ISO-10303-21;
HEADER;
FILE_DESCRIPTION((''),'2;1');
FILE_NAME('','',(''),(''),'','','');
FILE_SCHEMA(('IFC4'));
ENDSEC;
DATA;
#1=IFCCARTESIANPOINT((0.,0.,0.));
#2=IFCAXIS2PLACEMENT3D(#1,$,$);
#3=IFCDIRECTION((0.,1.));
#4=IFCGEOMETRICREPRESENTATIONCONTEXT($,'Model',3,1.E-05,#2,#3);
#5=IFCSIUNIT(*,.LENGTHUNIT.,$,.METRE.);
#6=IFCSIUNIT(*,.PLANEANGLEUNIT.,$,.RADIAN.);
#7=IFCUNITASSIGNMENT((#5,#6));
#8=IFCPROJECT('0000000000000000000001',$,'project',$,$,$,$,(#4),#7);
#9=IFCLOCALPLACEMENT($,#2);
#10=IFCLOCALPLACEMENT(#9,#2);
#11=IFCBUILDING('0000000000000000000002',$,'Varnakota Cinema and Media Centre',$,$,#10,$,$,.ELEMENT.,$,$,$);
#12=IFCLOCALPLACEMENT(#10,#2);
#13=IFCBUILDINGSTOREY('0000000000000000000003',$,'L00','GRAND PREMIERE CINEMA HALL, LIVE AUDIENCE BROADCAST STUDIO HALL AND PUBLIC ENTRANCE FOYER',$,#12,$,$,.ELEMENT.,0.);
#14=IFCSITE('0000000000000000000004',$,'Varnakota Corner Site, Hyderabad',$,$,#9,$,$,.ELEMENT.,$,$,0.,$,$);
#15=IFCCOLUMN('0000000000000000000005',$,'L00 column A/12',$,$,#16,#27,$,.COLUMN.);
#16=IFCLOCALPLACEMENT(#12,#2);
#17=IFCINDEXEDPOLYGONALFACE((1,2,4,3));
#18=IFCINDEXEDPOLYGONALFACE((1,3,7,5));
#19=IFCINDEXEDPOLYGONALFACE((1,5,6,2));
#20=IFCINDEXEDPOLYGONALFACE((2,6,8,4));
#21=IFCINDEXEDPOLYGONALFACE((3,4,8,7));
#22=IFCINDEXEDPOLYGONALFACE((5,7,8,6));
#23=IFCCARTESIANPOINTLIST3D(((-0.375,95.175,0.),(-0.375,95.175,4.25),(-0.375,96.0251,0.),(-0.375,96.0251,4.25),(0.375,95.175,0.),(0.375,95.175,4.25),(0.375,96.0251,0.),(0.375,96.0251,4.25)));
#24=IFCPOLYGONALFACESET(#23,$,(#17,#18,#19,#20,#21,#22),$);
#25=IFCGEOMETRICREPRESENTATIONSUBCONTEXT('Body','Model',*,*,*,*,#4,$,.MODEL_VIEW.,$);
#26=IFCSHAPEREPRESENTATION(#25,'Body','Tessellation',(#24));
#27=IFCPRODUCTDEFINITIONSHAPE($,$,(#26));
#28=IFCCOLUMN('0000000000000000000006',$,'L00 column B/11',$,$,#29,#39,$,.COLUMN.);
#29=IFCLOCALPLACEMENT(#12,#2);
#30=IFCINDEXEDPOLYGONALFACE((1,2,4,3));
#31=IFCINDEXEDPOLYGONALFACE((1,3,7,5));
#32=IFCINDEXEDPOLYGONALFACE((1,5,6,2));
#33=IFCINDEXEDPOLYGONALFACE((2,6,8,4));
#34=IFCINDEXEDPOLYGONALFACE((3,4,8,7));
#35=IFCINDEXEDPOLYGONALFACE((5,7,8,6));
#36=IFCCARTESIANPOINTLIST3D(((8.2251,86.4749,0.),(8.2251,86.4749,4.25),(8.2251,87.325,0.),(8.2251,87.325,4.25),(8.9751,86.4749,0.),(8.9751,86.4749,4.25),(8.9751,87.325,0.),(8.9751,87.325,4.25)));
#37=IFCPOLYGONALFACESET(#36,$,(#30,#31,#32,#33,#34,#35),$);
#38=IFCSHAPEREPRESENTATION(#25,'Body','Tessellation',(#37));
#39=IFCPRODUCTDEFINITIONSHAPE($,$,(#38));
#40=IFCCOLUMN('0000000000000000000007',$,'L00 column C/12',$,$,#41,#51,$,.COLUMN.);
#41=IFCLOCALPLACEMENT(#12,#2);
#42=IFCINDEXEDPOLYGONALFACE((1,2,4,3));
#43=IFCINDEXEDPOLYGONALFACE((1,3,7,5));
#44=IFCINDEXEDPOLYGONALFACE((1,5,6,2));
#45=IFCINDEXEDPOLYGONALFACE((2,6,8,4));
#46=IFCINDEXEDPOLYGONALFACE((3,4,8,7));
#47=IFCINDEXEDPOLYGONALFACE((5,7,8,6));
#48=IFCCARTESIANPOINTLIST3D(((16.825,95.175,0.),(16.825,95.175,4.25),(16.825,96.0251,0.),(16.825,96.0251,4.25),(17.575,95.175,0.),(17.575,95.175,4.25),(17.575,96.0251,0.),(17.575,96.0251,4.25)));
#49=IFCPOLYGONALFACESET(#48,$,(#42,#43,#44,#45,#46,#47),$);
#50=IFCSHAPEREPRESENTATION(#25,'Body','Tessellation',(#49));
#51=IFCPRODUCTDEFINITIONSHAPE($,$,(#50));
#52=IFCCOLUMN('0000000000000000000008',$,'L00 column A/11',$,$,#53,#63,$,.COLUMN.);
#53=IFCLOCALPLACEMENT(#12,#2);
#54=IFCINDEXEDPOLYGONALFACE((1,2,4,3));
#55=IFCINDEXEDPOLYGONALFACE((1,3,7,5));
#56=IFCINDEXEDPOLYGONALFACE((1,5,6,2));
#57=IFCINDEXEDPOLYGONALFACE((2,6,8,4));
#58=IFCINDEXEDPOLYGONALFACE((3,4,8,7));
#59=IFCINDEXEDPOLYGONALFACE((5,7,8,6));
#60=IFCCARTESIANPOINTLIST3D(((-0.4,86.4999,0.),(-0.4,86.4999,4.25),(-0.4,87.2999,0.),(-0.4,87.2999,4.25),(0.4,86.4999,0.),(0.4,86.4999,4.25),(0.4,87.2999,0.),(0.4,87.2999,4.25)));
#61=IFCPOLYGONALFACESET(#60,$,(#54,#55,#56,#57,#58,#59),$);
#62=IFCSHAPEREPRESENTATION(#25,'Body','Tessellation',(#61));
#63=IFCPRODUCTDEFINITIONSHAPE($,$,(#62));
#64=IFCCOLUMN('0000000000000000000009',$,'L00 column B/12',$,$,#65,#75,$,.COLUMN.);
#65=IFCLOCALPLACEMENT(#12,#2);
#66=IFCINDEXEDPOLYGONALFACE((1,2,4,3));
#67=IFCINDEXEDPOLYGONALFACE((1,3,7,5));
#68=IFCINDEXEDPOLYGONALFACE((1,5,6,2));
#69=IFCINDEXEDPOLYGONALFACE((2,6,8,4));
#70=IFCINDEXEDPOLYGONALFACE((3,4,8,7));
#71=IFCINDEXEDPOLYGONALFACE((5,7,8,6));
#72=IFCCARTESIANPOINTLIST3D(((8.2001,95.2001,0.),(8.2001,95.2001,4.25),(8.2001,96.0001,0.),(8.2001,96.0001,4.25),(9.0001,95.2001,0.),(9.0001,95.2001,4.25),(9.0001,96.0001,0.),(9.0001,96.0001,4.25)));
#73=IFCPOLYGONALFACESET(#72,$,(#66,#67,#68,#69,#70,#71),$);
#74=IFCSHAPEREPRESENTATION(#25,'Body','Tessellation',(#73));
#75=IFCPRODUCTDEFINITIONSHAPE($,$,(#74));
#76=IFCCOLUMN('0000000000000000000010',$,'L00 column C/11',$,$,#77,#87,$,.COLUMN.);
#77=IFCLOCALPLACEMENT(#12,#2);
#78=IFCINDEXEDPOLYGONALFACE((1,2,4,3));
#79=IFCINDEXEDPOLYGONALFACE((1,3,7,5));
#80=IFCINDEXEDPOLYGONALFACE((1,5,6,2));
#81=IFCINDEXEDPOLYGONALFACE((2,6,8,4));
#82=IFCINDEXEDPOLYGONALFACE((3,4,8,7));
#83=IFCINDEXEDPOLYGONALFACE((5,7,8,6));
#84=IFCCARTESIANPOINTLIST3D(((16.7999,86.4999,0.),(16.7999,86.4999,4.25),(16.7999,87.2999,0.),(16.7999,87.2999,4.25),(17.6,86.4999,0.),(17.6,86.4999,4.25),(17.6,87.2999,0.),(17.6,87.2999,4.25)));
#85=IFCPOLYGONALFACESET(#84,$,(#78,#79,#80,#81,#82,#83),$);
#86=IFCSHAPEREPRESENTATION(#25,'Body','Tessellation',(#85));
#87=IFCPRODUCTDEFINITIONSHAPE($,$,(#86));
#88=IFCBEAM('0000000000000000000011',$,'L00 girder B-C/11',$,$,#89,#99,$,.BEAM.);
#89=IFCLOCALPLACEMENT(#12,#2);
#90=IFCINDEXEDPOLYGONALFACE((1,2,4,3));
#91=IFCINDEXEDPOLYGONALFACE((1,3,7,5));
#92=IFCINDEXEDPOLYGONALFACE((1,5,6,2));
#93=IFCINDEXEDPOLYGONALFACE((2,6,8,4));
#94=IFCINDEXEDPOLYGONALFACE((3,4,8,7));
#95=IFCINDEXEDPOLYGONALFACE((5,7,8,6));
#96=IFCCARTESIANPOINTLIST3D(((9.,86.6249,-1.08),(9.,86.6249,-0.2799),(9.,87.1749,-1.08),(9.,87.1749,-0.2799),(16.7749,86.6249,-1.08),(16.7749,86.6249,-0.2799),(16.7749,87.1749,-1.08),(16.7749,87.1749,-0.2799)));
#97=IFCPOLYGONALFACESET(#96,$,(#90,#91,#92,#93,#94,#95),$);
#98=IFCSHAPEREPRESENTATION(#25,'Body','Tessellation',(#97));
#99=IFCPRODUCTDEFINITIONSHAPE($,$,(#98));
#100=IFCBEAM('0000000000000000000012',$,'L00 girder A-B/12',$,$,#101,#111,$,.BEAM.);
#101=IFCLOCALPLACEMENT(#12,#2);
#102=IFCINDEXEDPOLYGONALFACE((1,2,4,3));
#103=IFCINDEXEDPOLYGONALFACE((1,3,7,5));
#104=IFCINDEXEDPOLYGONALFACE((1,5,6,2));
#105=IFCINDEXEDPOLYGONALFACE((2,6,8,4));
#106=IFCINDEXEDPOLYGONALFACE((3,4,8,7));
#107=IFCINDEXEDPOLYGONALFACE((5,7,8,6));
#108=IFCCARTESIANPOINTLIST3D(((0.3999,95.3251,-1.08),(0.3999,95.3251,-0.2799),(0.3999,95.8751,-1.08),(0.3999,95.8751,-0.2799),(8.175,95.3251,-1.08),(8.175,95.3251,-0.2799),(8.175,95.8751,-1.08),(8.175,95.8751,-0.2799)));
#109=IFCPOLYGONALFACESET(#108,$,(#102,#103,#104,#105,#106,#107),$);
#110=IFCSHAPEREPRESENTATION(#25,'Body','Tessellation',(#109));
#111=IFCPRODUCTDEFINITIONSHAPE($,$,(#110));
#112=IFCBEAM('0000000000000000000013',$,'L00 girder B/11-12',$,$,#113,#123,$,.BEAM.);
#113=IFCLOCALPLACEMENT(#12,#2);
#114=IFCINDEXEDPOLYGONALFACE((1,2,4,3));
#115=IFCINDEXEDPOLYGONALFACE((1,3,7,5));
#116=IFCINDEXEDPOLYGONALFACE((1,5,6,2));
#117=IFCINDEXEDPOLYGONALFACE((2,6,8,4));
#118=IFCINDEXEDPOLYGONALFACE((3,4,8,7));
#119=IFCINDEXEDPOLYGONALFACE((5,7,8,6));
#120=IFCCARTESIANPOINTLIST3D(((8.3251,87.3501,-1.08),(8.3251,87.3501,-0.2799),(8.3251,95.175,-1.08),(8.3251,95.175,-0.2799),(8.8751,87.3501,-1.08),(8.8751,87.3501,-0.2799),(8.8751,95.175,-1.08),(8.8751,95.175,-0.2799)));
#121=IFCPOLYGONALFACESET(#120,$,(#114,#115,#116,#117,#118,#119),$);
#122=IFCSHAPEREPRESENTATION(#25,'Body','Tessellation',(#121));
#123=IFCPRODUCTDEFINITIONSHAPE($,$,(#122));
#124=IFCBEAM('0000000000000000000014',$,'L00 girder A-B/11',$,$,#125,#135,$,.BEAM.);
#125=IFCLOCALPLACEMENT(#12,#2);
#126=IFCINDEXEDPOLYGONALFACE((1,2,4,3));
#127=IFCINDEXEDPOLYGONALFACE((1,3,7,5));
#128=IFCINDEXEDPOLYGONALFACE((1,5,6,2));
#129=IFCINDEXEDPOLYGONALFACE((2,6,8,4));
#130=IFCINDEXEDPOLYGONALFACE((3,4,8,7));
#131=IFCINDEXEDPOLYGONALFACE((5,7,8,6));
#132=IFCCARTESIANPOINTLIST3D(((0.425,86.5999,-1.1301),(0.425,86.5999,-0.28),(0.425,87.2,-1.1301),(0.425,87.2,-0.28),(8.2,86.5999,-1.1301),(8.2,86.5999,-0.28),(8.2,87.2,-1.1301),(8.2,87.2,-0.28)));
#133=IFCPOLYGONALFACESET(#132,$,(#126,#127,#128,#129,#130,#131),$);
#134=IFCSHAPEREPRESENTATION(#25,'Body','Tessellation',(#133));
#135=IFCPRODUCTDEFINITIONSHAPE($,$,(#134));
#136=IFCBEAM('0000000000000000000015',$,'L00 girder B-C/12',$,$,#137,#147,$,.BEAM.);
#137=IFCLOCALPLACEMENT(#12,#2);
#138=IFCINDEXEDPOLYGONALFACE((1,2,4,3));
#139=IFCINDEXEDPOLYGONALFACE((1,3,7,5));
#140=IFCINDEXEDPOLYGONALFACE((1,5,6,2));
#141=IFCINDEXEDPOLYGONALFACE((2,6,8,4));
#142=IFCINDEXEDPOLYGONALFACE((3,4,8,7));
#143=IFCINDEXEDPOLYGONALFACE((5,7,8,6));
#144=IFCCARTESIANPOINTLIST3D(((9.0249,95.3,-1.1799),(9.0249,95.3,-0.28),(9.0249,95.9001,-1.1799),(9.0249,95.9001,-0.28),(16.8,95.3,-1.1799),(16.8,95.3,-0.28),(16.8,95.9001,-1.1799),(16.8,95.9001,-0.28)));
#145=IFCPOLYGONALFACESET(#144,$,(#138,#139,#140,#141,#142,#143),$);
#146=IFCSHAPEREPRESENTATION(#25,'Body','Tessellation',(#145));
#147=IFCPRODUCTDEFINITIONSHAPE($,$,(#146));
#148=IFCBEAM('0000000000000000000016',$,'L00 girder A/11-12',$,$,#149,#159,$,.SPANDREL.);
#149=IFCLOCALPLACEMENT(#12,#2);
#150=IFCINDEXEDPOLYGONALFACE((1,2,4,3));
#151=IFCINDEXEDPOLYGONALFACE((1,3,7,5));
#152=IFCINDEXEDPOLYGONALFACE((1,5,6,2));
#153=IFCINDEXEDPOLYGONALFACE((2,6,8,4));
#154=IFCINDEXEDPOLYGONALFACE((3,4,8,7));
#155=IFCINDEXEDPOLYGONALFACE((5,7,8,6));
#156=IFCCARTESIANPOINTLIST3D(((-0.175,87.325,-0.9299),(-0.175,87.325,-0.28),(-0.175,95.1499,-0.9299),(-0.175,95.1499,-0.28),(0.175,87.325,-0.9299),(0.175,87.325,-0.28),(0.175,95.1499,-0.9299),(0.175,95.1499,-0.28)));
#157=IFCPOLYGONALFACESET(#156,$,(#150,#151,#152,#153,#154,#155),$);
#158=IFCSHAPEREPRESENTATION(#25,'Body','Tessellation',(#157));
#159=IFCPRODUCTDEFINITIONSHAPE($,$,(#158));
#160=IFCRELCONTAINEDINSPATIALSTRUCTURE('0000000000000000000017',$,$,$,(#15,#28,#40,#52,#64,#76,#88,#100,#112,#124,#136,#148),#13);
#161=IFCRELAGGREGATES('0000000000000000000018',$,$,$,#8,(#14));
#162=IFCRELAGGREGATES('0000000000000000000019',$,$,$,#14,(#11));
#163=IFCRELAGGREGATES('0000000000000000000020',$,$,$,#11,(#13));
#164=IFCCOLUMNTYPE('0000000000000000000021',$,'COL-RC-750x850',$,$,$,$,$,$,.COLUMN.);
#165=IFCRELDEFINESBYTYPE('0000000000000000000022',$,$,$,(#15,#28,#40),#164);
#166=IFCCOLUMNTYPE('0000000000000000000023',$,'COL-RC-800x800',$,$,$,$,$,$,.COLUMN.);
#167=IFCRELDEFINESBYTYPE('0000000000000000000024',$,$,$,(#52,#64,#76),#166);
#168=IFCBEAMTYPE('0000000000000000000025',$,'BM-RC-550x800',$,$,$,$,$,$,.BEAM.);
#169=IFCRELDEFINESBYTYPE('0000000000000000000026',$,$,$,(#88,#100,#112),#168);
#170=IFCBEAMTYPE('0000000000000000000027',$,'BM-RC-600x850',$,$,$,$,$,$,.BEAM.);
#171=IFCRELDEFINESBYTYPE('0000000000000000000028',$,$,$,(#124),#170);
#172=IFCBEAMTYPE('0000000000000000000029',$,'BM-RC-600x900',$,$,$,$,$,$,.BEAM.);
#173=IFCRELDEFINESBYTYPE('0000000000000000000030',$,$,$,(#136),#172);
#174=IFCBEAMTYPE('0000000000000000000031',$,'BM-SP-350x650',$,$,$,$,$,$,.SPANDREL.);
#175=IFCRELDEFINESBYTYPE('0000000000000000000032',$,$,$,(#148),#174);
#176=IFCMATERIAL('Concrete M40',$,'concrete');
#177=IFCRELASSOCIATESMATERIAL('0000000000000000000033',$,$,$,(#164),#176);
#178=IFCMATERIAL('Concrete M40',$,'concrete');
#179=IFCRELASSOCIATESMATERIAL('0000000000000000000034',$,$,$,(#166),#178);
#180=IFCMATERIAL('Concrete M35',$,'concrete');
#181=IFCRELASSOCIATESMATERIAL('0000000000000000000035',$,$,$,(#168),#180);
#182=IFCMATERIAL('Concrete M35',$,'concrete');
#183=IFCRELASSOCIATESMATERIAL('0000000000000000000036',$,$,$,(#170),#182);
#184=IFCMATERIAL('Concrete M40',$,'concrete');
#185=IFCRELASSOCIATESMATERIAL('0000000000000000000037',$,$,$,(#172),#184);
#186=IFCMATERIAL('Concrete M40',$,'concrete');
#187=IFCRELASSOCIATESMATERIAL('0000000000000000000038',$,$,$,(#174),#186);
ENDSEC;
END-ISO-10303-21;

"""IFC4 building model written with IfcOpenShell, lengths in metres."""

from ifc_helpers import new_model, si_unit, direction, frame, origin, origin_2d, place, context, subcontext, project, spatial, rectangle, extrude, material, material_profile, profile_set, type_object, element, save


model = new_model("IFC4")

# Units and contexts
model_context = context("Model", 3, precision=1e-05, world=origin(), true_north=direction((0.0, 1.0)))
body_context = subcontext(model_context, "Body", "Model", "MODEL_VIEW")
ifc_project = project(units=[si_unit("LENGTHUNIT", "METRE"), si_unit("PLANEANGLEUNIT", "RADIAN")], contexts=[model_context])

# Site, building, storey
site_placement = place(None, origin())
site = spatial("IfcSite", under=ifc_project, at=site_placement, Name="Varnakota Corner Site, Hyderabad", CompositionType="ELEMENT", RefElevation=0.0)
building_placement = place(site_placement, origin())
building = spatial("IfcBuilding", under=site, at=building_placement, Name="Varnakota Cinema and Media Centre", CompositionType="ELEMENT")
storey_placement = place(building_placement, origin())
storey = spatial("IfcBuildingStorey", under=building, at=storey_placement, Name="L00", Description="GRAND PREMIERE CINEMA HALL, LIVE AUDIENCE BROADCAST STUDIO HALL AND PUBLIC ENTRANCE FOYER", CompositionType="ELEMENT", Elevation=0.0)

# Columns
ifc_material_1 = material(Name="Concrete M40", Category="concrete")
ifc_material_profile_1 = material_profile(ifc_material_1, rectangle(XDim=0.75, YDim=0.8501, at=origin_2d()), Name="RC 750x850")
ifc_profile_set_1 = profile_set([ifc_material_profile_1], Name="Concrete M40")
column_type_1 = type_object("IfcColumnType", Name="COL-RC-750x850", PredefinedType="COLUMN", material=ifc_profile_set_1)
for number, where, z_axis, x_axis, name in (
    (1, (0.0, 95.6001, 0.0), (0.0, 0.0, 1.0), (1.0, 0.0, 0.0), "L00 column A/12"),
    (2, (8.6001, 86.8999, 0.0), (0.0, 0.0, 1.0), (1.0, 0.0, 0.0), "L00 column B/11"),
    (3, (17.2, 95.6001, 0.0), (0.0, 0.0, 1.0), (1.0, 0.0, 0.0), "L00 column C/12"),
):
    element("IfcColumn", number, at=place(storey_placement, frame(where, z_axis=z_axis, x_axis=x_axis)), inside=storey, type_object=column_type_1, Name=name, PredefinedType="COLUMN", context=body_context, shape_type="SweptSolid", body=[
        extrude(rectangle(XDim=0.75, YDim=0.8501, at=origin_2d()), origin(), (0.0, 0.0, 1.0), 4.25),
    ])
ifc_material_2 = material(Name="Concrete M40", Category="concrete")
ifc_material_profile_2 = material_profile(ifc_material_2, rectangle(XDim=0.8, YDim=0.8, at=origin_2d()), Name="RC 800x800")
ifc_profile_set_2 = profile_set([ifc_material_profile_2], Name="Concrete M40")
column_type_2 = type_object("IfcColumnType", Name="COL-RC-800x800", PredefinedType="COLUMN", material=ifc_profile_set_2)
for number, where, z_axis, x_axis, name in (
    (4, (0.0, 86.8999, 0.0), (0.0, 0.0, 1.0), (1.0, 0.0, 0.0), "L00 column A/11"),
    (5, (8.6001, 95.6001, 0.0), (0.0, 0.0, 1.0), (1.0, 0.0, 0.0), "L00 column B/12"),
    (6, (17.2, 86.8999, 0.0), (0.0, 0.0, 1.0), (1.0, 0.0, 0.0), "L00 column C/11"),
):
    element("IfcColumn", number, at=place(storey_placement, frame(where, z_axis=z_axis, x_axis=x_axis)), inside=storey, type_object=column_type_2, Name=name, PredefinedType="COLUMN", context=body_context, shape_type="SweptSolid", body=[
        extrude(rectangle(XDim=0.8, YDim=0.8, at=origin_2d()), origin(), (0.0, 0.0, 1.0), 4.25),
    ])

# Beams
ifc_material_3 = material(Name="Concrete M35", Category="concrete")
ifc_material_profile_3 = material_profile(ifc_material_3, rectangle(XDim=0.55, YDim=0.8, at=origin_2d()), Name="RCB 550x800")
ifc_profile_set_3 = profile_set([ifc_material_profile_3], Name="Concrete M35")
beam_type_1 = type_object("IfcBeamType", Name="BM-RC-550x800", PredefinedType="BEAM", material=ifc_profile_set_3)
beam_1_placement = place(storey_placement, frame((9.0, 86.8999, -0.6799), z_axis=(1.0, 0.0, 0.0), x_axis=(0.0, 1.0, 0.0)))
element("IfcBeam", 7, at=beam_1_placement, inside=storey, type_object=beam_type_1, Name="L00 girder B-C/11", PredefinedType="BEAM", context=body_context, shape_type="SweptSolid", body=[
    extrude(rectangle(XDim=0.55, YDim=0.8, at=origin_2d()), origin(), (0.0, 0.0, 1.0), 7.7749),
])
beam_2_placement = place(storey_placement, frame((0.3999, 95.6001, -0.6799), z_axis=(1.0, 0.0, 0.0), x_axis=(0.0, 1.0, 0.0)))
element("IfcBeam", 8, at=beam_2_placement, inside=storey, type_object=beam_type_1, Name="L00 girder A-B/12", PredefinedType="BEAM", context=body_context, shape_type="SweptSolid", body=[
    extrude(rectangle(XDim=0.55, YDim=0.8, at=origin_2d()), origin(), (0.0, 0.0, 1.0), 7.7751),
])
beam_3_placement = place(storey_placement, frame((8.6001, 87.3501, -0.6799), z_axis=(0.0, 1.0, 0.0), x_axis=(-1.0, 0.0, 0.0)))
element("IfcBeam", 9, at=beam_3_placement, inside=storey, type_object=beam_type_1, Name="L00 girder B/11-12", PredefinedType="BEAM", context=body_context, shape_type="SweptSolid", body=[
    extrude(rectangle(XDim=0.55, YDim=0.8, at=origin_2d()), origin(), (0.0, 0.0, 1.0), 7.825),
])
ifc_material_4 = material(Name="Concrete M35", Category="concrete")
ifc_material_profile_4 = material_profile(ifc_material_4, rectangle(XDim=0.6001, YDim=0.8501, at=origin_2d()), Name="RCB 600x850")
ifc_profile_set_4 = profile_set([ifc_material_profile_4], Name="Concrete M35")
beam_type_2 = type_object("IfcBeamType", Name="BM-RC-600x850", PredefinedType="BEAM", material=ifc_profile_set_4)
beam_4_placement = place(storey_placement, frame((0.425, 86.8999, -0.7051), z_axis=(1.0, 0.0, 0.0), x_axis=(0.0, 1.0, 0.0)))
element("IfcBeam", 10, at=beam_4_placement, inside=storey, type_object=beam_type_2, Name="L00 girder A-B/11", PredefinedType="BEAM", context=body_context, shape_type="SweptSolid", body=[
    extrude(rectangle(XDim=0.6001, YDim=0.8501, at=origin_2d()), origin(), (0.0, 0.0, 1.0), 7.7749),
])
ifc_material_5 = material(Name="Concrete M40", Category="concrete")
ifc_material_profile_5 = material_profile(ifc_material_5, rectangle(XDim=0.6001, YDim=0.8999, at=origin_2d()), Name="RCB 600x900")
ifc_profile_set_5 = profile_set([ifc_material_profile_5], Name="Concrete M40")
beam_type_3 = type_object("IfcBeamType", Name="BM-RC-600x900", PredefinedType="BEAM", material=ifc_profile_set_5)
beam_5_placement = place(storey_placement, frame((9.0249, 95.6001, -0.73), z_axis=(1.0, 0.0, 0.0), x_axis=(0.0, 1.0, 0.0)))
element("IfcBeam", 11, at=beam_5_placement, inside=storey, type_object=beam_type_3, Name="L00 girder B-C/12", PredefinedType="BEAM", context=body_context, shape_type="SweptSolid", body=[
    extrude(rectangle(XDim=0.6001, YDim=0.8999, at=origin_2d()), origin(), (0.0, 0.0, 1.0), 7.7751),
])
ifc_material_6 = material(Name="Concrete M40", Category="concrete")
ifc_material_profile_6 = material_profile(ifc_material_6, rectangle(XDim=0.3501, YDim=0.6499, at=origin_2d()), Name="RCB 350x650")
ifc_profile_set_6 = profile_set([ifc_material_profile_6], Name="Concrete M40")
beam_type_4 = type_object("IfcBeamType", Name="BM-SP-350x650", PredefinedType="SPANDREL", material=ifc_profile_set_6)
beam_6_placement = place(storey_placement, frame((0.0, 87.325, -0.605), z_axis=(0.0, 1.0, 0.0), x_axis=(-1.0, 0.0, 0.0)))
element("IfcBeam", 12, at=beam_6_placement, inside=storey, type_object=beam_type_4, Name="L00 girder A/11-12", PredefinedType="SPANDREL", context=body_context, shape_type="SweptSolid", body=[
    extrude(rectangle(XDim=0.3501, YDim=0.6499, at=origin_2d()), origin(), (0.0, 0.0, 1.0), 7.825),
])

save(model, "model.ifc")
